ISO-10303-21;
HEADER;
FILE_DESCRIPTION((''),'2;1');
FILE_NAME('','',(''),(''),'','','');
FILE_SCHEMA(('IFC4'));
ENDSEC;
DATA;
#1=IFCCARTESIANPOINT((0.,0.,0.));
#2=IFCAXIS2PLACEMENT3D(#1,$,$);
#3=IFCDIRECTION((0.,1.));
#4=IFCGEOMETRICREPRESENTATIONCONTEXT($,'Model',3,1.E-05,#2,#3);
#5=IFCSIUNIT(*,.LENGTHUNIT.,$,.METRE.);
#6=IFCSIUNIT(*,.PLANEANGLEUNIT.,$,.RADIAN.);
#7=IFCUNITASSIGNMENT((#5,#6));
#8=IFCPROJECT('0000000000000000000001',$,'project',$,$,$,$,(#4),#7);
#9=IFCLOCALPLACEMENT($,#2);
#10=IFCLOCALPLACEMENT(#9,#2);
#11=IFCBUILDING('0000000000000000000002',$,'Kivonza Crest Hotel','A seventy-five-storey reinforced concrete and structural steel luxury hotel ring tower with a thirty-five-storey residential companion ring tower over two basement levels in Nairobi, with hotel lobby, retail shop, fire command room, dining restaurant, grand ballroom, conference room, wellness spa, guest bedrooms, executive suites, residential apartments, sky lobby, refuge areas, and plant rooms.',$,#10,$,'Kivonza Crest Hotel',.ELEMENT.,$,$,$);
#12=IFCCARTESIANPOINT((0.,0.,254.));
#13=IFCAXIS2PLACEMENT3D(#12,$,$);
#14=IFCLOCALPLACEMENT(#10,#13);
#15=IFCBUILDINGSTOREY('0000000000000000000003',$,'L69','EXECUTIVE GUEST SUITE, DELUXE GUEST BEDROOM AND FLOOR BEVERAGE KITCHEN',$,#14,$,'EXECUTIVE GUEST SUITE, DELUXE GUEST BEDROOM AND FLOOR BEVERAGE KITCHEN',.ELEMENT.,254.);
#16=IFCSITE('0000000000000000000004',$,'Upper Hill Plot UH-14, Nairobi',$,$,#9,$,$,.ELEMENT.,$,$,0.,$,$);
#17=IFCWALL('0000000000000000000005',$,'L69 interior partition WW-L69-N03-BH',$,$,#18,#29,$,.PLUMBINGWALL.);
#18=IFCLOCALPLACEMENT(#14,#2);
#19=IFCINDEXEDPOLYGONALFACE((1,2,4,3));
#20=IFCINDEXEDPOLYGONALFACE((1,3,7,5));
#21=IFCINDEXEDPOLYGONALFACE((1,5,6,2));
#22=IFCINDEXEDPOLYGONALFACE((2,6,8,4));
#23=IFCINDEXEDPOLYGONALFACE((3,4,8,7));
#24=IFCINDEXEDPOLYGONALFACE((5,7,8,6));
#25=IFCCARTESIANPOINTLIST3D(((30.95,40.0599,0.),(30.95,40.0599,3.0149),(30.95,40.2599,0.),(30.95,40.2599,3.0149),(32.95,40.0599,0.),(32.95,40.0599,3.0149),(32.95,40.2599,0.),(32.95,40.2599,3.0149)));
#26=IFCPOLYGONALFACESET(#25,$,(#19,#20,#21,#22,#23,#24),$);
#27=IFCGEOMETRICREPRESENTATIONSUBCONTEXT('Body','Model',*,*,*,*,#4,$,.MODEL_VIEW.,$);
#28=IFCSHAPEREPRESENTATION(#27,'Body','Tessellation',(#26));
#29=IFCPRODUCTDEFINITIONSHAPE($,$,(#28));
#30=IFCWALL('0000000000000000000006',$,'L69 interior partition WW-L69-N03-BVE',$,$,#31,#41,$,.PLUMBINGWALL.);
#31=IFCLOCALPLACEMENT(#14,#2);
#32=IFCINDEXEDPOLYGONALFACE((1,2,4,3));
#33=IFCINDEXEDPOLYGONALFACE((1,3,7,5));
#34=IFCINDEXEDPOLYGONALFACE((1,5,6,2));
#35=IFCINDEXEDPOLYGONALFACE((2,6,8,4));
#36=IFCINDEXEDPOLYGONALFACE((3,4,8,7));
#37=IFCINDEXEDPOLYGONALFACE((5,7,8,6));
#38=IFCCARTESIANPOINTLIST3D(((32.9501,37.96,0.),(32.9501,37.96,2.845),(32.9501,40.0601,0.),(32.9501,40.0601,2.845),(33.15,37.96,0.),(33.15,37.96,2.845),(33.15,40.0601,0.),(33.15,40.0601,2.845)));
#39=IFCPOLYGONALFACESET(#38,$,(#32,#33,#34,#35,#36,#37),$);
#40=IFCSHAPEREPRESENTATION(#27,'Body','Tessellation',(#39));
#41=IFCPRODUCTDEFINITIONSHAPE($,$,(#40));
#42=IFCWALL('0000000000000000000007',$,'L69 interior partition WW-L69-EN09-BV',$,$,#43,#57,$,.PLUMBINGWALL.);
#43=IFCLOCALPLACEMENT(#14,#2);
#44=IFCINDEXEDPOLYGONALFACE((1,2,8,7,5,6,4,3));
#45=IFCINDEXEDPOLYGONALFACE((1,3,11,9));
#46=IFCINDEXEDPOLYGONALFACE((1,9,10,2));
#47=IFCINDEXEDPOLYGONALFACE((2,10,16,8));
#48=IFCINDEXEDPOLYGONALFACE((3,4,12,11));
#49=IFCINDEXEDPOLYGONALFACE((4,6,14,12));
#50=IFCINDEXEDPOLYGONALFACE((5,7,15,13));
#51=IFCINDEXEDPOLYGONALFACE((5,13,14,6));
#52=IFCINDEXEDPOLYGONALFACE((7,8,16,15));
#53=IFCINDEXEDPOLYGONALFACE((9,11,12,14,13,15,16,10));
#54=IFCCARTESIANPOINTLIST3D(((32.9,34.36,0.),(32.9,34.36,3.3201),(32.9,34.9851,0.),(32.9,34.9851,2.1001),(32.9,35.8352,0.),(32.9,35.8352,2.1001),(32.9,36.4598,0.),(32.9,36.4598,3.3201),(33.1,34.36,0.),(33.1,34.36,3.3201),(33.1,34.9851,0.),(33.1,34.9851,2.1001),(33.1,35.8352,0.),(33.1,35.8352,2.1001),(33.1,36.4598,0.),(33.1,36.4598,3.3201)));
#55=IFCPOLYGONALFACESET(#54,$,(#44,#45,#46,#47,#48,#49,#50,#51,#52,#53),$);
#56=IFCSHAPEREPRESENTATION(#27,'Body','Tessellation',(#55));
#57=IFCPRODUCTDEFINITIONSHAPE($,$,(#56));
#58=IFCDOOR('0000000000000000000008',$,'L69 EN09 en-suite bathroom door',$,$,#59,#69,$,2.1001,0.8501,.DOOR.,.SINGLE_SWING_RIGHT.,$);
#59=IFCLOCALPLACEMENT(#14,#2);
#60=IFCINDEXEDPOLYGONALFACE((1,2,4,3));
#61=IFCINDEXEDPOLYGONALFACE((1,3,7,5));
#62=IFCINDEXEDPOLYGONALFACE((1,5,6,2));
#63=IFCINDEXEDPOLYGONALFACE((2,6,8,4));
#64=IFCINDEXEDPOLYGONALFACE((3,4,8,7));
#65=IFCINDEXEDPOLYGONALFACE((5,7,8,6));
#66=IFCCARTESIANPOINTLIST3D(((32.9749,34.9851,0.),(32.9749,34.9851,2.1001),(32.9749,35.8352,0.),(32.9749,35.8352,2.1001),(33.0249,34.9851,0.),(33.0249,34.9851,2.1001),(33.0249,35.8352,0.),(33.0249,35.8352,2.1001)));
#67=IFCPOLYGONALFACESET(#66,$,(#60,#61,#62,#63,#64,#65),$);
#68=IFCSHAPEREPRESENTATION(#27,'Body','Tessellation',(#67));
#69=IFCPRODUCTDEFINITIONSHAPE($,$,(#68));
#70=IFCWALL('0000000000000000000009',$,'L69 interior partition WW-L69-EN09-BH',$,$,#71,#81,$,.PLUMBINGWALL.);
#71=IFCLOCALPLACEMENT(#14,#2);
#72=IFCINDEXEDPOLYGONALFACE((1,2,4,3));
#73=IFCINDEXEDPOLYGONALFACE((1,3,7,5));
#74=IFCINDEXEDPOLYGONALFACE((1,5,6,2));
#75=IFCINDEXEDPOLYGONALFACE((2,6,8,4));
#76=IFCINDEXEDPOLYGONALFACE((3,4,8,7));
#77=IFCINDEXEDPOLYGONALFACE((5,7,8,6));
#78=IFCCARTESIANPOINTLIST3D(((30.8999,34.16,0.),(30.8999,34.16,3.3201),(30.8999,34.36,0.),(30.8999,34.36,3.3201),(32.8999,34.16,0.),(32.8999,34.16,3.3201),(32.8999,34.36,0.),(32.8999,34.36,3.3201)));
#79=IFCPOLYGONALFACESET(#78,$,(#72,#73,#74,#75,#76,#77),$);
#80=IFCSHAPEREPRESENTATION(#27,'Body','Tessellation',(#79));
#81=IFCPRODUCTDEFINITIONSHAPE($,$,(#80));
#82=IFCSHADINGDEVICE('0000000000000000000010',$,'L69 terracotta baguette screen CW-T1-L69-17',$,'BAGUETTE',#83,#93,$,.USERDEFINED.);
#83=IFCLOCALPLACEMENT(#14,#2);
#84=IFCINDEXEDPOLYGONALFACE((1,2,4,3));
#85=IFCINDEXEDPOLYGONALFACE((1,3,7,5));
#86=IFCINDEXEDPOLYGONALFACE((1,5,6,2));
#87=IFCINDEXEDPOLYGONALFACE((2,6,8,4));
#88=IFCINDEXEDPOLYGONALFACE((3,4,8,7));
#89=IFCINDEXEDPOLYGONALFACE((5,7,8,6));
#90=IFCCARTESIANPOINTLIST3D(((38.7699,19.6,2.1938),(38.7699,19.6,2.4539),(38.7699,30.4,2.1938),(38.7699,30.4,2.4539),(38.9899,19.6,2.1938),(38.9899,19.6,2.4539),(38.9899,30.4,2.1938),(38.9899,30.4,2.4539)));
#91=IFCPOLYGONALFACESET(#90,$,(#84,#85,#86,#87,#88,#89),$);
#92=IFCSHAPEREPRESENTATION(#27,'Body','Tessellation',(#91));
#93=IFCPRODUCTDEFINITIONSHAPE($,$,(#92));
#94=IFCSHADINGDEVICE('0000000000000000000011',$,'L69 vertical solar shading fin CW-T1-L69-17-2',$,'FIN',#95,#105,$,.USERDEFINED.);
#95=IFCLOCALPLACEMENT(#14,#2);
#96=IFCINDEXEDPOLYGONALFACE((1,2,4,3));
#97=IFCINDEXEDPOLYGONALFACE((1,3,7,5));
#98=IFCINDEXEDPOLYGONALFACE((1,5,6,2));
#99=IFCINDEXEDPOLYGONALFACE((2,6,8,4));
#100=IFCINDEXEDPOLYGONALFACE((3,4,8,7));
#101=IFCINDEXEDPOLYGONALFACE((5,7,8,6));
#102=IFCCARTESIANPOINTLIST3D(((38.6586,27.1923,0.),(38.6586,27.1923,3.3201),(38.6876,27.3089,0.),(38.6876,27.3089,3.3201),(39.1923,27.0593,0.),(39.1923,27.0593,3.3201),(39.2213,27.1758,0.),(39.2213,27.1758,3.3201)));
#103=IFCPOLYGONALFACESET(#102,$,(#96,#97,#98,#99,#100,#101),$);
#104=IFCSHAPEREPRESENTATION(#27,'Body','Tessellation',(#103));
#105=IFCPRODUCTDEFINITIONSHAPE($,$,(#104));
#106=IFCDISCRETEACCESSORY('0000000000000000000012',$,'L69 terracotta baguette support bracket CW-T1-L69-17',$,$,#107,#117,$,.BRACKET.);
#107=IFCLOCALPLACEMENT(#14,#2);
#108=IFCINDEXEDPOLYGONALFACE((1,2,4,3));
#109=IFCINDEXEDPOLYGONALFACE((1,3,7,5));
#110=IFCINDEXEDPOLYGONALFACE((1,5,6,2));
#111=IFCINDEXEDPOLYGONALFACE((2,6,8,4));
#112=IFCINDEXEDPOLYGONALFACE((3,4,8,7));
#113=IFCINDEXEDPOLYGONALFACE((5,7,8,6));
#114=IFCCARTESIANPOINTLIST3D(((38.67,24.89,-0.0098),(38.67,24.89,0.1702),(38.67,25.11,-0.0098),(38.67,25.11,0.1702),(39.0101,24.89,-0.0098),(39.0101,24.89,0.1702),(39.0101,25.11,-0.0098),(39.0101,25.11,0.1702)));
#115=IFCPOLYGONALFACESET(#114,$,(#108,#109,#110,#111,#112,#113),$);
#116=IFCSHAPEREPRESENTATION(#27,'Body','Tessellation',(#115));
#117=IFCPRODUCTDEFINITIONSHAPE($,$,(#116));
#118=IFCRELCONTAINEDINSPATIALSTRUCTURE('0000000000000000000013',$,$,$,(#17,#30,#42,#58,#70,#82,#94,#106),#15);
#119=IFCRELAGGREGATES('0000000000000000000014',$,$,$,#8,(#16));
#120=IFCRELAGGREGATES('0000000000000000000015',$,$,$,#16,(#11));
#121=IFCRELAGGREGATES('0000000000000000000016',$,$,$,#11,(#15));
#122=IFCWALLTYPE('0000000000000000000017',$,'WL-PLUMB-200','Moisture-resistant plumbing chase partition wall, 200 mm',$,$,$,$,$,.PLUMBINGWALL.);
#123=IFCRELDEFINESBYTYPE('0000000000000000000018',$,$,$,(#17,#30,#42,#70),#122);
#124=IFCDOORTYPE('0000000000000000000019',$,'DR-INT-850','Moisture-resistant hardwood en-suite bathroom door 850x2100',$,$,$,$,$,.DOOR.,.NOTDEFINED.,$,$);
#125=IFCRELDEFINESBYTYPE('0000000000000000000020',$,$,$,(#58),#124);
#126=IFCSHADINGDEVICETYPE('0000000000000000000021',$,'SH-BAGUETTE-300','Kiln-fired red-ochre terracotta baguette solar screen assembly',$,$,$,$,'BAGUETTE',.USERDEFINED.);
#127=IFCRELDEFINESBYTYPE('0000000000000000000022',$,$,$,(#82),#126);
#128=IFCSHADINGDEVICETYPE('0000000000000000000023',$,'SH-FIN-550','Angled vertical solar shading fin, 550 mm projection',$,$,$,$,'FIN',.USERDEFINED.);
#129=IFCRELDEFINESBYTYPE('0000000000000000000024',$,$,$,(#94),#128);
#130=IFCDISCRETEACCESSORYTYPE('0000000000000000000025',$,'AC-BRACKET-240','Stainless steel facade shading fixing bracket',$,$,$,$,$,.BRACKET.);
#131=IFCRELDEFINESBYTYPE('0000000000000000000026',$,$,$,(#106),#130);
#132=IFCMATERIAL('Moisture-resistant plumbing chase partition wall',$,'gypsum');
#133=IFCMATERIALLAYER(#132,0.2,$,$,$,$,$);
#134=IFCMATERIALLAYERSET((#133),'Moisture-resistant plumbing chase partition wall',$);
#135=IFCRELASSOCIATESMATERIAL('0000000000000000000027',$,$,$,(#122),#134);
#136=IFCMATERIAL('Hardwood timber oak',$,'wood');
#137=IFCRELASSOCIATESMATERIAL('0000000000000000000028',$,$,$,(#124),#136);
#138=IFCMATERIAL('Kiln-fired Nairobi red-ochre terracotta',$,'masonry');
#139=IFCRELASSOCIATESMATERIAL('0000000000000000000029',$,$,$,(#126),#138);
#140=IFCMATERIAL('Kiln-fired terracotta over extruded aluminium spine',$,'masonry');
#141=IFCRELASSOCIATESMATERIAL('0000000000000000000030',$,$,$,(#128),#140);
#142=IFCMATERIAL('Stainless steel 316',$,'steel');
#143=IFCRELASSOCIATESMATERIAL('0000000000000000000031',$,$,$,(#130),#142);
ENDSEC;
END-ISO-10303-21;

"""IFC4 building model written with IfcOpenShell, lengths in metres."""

from ifc_helpers import new_model, si_unit, direction, frame, frame_2d, origin, origin_2d, place, context, subcontext, project, spatial, rectangle, extrude, material, layer, layer_set, type_object, element, fill, save


model = new_model("IFC4")

# Units and contexts
model_context = context("Model", 3, precision=1e-05, world=origin(), true_north=direction((0.0, 1.0)))
body_context = subcontext(model_context, "Body", "Model", "MODEL_VIEW")
ifc_project = project(units=[si_unit("LENGTHUNIT", "METRE"), si_unit("PLANEANGLEUNIT", "RADIAN")], contexts=[model_context])

# Site, building, storey
site_placement = place(None, origin())
site = spatial("IfcSite", under=ifc_project, at=site_placement, Name="Upper Hill Plot UH-14, Nairobi", CompositionType="ELEMENT", RefElevation=0.0)
building_placement = place(site_placement, origin())
building = spatial("IfcBuilding", under=site, at=building_placement, Name="Kivonza Crest Hotel", Description="A seventy-five-storey reinforced concrete and structural steel luxury hotel ring tower with a thirty-five-storey residential companion ring tower over two basement levels in Nairobi, with hotel lobby, retail shop, fire command room, dining restaurant, grand ballroom, conference room, wellness spa, guest bedrooms, executive suites, residential apartments, sky lobby, refuge areas, and plant rooms.", LongName="Kivonza Crest Hotel", CompositionType="ELEMENT")
storey_placement = place(building_placement, frame((0.0, 0.0, 254.0)))
storey = spatial("IfcBuildingStorey", under=building, at=storey_placement, Name="L69", Description="EXECUTIVE GUEST SUITE, DELUXE GUEST BEDROOM AND FLOOR BEVERAGE KITCHEN", LongName="EXECUTIVE GUEST SUITE, DELUXE GUEST BEDROOM AND FLOOR BEVERAGE KITCHEN", CompositionType="ELEMENT", Elevation=254.0)

# Shared definitions
ifc_material_1 = material(Name="Hardwood timber oak", Category="wood")

# Shared definitions
ifc_material_2 = material(Name="Moisture-resistant plumbing chase partition wall", Category="gypsum")
ifc_layer_1 = layer(ifc_material_2, 0.2)
ifc_layer_set_1 = layer_set([ifc_layer_1], Name="Moisture-resistant plumbing chase partition wall")
wall_type_1 = type_object("IfcWallType", Name="WL-PLUMB-200", Description="Moisture-resistant plumbing chase partition wall, 200 mm", PredefinedType="PLUMBINGWALL", material=ifc_layer_set_1)
door_type_1 = type_object("IfcDoorType", Name="DR-INT-850", Description="Moisture-resistant hardwood en-suite bathroom door 850x2100", OperationType="NOTDEFINED", PredefinedType="DOOR", material=ifc_material_1)

# Walls
wall_1_placement = place(storey_placement, frame((30.95, 40.1599, 0.0), z_axis=(0.0, 0.0, 1.0), x_axis=(1.0, 0.0, 0.0)))
element("IfcWall", 1, at=wall_1_placement, inside=storey, type_object=wall_type_1, Name="L69 interior partition WW-L69-N03-BH", PredefinedType="PLUMBINGWALL", context=body_context, shape_type="SweptSolid", body=[
    extrude(rectangle(XDim=2.0, YDim=0.2, at=frame_2d((1.0, 0.0))), origin(), (0.0, 0.0, 1.0), 3.0149),
])
wall_2_placement = place(storey_placement, frame((33.05, 37.96, 0.0), z_axis=(0.0, 0.0, 1.0), x_axis=(0.0, 1.0, 0.0)))
element("IfcWall", 2, at=wall_2_placement, inside=storey, type_object=wall_type_1, Name="L69 interior partition WW-L69-N03-BVE", PredefinedType="PLUMBINGWALL", context=body_context, shape_type="SweptSolid", body=[
    extrude(rectangle(XDim=2.1001, YDim=0.2, at=frame_2d((1.05, 0.0))), origin(), (0.0, 0.0, 1.0), 2.845),
])

# Wall, opening, door
wall_3_placement = place(storey_placement, frame((33.0, 34.3601, 0.0), z_axis=(0.0, 0.0, 1.0), x_axis=(0.0, 1.0, 0.0)))
wall_3 = element("IfcWall", 3, at=wall_3_placement, inside=storey, type_object=wall_type_1, Name="L69 interior partition WW-L69-EN09-BV", PredefinedType="PLUMBINGWALL", context=body_context, shape_type="SweptSolid", body=[
    extrude(rectangle(XDim=2.0999, YDim=0.2, at=frame_2d((1.0498, 0.0))), origin(), (0.0, 0.0, 1.0), 3.3201),
])
opening_1_placement = place(wall_3_placement, frame((0.625, 0.0, 0.0)))
opening_1 = element("IfcOpeningElement", 4, at=opening_1_placement, cuts=wall_3, PredefinedType="OPENING", context=body_context, shape_type="SweptSolid", body=[
    extrude(rectangle(XDim=0.8501, YDim=2.1001, at=frame_2d((0.425, 1.05))), frame((0.0, 0.1099, 0.0), z_axis=(0.0, -1.0, 0.0), x_axis=(1.0, 0.0, 0.0)), (0.0, 0.0, 1.0), 0.22),
])
door_1_placement = place(opening_1_placement, frame((0.8501, 0.0, 0.0), z_axis=(0.0, 0.0, 1.0), x_axis=(-1.0, 0.0, 0.0)))
door_1 = element("IfcDoor", 5, at=door_1_placement, inside=storey, type_object=door_type_1, Name="L69 EN09 en-suite bathroom door", OperationType="SINGLE_SWING_RIGHT", OverallHeight=2.1001, OverallWidth=0.8501, PredefinedType="DOOR", context=body_context, shape_type="SweptSolid", body=[
    extrude(rectangle(XDim=0.8501, YDim=2.1001, at=frame_2d((0.425, 1.05))), frame((0.0, 0.0249, 0.0), z_axis=(0.0, -1.0, 0.0), x_axis=(1.0, 0.0, 0.0)), (0.0, 0.0, 1.0), 0.05),
])
fill(opening_1, door_1)

# Wall
wall_4_placement = place(storey_placement, frame((30.8999, 34.26, 0.0), z_axis=(0.0, 0.0, 1.0), x_axis=(1.0, 0.0, 0.0)))
element("IfcWall", 6, at=wall_4_placement, inside=storey, type_object=wall_type_1, Name="L69 interior partition WW-L69-EN09-BH", PredefinedType="PLUMBINGWALL", context=body_context, shape_type="SweptSolid", body=[
    extrude(rectangle(XDim=2.0, YDim=0.2, at=frame_2d((1.0, 0.0))), origin(), (0.0, 0.0, 1.0), 3.3201),
])

# Shading devices
ifc_material_3 = material(Name="Kiln-fired Nairobi red-ochre terracotta", Category="masonry")
shading_device_type_1 = type_object("IfcShadingDeviceType", Name="SH-BAGUETTE-300", Description="Kiln-fired red-ochre terracotta baguette solar screen assembly", ElementType="BAGUETTE", PredefinedType="USERDEFINED", material=ifc_material_3)
shading_device_1_placement = place(storey_placement, frame((38.8799, 25.0, 2.1938), z_axis=(0.0, 0.0, 1.0), x_axis=(0.0, 1.0, 0.0)))
element("IfcShadingDevice", 7, at=shading_device_1_placement, inside=storey, type_object=shading_device_type_1, Name="L69 terracotta baguette screen CW-T1-L69-17", ObjectType="BAGUETTE", PredefinedType="USERDEFINED", context=body_context, shape_type="SweptSolid", body=[
    extrude(rectangle(XDim=10.8, YDim=0.22, at=origin_2d()), origin(), (0.0, 0.0, 1.0), 0.26),
])
ifc_material_4 = material(Name="Kiln-fired terracotta over extruded aluminium spine", Category="masonry")
shading_device_type_2 = type_object("IfcShadingDeviceType", Name="SH-FIN-550", Description="Angled vertical solar shading fin, 550 mm projection", ElementType="FIN", PredefinedType="USERDEFINED", material=ifc_material_4)
shading_device_2_placement = place(storey_placement, frame((38.9399, 27.1841, 0.0), z_axis=(0.0, 0.0, 1.0), x_axis=(0.241922, 0.970296, 0.0)))
element("IfcShadingDevice", 8, at=shading_device_2_placement, inside=storey, type_object=shading_device_type_2, Name="L69 vertical solar shading fin CW-T1-L69-17-2", ObjectType="FIN", PredefinedType="USERDEFINED", context=body_context, shape_type="SweptSolid", body=[
    extrude(rectangle(XDim=0.1201, YDim=0.55, at=origin_2d()), origin(), (0.0, 0.0, 1.0), 3.3201),
])

# Discrete accessory
ifc_material_5 = material(Name="Stainless steel 316", Category="steel")
discrete_accessory_type = type_object("IfcDiscreteAccessoryType", Name="AC-BRACKET-240", Description="Stainless steel facade shading fixing bracket", PredefinedType="BRACKET", material=ifc_material_5)
discrete_accessory_placement = place(storey_placement, frame((38.8401, 25.0, -0.0098), z_axis=(0.0, 0.0, 1.0), x_axis=(0.0, 1.0, 0.0)))
element("IfcDiscreteAccessory", 9, at=discrete_accessory_placement, inside=storey, type_object=discrete_accessory_type, Name="L69 terracotta baguette support bracket CW-T1-L69-17", PredefinedType="BRACKET", context=body_context, shape_type="SweptSolid", body=[
    extrude(rectangle(XDim=0.22, YDim=0.3401, at=origin_2d()), origin(), (0.0, 0.0, 1.0), 0.1799),
])

save(model, "model.ifc")
